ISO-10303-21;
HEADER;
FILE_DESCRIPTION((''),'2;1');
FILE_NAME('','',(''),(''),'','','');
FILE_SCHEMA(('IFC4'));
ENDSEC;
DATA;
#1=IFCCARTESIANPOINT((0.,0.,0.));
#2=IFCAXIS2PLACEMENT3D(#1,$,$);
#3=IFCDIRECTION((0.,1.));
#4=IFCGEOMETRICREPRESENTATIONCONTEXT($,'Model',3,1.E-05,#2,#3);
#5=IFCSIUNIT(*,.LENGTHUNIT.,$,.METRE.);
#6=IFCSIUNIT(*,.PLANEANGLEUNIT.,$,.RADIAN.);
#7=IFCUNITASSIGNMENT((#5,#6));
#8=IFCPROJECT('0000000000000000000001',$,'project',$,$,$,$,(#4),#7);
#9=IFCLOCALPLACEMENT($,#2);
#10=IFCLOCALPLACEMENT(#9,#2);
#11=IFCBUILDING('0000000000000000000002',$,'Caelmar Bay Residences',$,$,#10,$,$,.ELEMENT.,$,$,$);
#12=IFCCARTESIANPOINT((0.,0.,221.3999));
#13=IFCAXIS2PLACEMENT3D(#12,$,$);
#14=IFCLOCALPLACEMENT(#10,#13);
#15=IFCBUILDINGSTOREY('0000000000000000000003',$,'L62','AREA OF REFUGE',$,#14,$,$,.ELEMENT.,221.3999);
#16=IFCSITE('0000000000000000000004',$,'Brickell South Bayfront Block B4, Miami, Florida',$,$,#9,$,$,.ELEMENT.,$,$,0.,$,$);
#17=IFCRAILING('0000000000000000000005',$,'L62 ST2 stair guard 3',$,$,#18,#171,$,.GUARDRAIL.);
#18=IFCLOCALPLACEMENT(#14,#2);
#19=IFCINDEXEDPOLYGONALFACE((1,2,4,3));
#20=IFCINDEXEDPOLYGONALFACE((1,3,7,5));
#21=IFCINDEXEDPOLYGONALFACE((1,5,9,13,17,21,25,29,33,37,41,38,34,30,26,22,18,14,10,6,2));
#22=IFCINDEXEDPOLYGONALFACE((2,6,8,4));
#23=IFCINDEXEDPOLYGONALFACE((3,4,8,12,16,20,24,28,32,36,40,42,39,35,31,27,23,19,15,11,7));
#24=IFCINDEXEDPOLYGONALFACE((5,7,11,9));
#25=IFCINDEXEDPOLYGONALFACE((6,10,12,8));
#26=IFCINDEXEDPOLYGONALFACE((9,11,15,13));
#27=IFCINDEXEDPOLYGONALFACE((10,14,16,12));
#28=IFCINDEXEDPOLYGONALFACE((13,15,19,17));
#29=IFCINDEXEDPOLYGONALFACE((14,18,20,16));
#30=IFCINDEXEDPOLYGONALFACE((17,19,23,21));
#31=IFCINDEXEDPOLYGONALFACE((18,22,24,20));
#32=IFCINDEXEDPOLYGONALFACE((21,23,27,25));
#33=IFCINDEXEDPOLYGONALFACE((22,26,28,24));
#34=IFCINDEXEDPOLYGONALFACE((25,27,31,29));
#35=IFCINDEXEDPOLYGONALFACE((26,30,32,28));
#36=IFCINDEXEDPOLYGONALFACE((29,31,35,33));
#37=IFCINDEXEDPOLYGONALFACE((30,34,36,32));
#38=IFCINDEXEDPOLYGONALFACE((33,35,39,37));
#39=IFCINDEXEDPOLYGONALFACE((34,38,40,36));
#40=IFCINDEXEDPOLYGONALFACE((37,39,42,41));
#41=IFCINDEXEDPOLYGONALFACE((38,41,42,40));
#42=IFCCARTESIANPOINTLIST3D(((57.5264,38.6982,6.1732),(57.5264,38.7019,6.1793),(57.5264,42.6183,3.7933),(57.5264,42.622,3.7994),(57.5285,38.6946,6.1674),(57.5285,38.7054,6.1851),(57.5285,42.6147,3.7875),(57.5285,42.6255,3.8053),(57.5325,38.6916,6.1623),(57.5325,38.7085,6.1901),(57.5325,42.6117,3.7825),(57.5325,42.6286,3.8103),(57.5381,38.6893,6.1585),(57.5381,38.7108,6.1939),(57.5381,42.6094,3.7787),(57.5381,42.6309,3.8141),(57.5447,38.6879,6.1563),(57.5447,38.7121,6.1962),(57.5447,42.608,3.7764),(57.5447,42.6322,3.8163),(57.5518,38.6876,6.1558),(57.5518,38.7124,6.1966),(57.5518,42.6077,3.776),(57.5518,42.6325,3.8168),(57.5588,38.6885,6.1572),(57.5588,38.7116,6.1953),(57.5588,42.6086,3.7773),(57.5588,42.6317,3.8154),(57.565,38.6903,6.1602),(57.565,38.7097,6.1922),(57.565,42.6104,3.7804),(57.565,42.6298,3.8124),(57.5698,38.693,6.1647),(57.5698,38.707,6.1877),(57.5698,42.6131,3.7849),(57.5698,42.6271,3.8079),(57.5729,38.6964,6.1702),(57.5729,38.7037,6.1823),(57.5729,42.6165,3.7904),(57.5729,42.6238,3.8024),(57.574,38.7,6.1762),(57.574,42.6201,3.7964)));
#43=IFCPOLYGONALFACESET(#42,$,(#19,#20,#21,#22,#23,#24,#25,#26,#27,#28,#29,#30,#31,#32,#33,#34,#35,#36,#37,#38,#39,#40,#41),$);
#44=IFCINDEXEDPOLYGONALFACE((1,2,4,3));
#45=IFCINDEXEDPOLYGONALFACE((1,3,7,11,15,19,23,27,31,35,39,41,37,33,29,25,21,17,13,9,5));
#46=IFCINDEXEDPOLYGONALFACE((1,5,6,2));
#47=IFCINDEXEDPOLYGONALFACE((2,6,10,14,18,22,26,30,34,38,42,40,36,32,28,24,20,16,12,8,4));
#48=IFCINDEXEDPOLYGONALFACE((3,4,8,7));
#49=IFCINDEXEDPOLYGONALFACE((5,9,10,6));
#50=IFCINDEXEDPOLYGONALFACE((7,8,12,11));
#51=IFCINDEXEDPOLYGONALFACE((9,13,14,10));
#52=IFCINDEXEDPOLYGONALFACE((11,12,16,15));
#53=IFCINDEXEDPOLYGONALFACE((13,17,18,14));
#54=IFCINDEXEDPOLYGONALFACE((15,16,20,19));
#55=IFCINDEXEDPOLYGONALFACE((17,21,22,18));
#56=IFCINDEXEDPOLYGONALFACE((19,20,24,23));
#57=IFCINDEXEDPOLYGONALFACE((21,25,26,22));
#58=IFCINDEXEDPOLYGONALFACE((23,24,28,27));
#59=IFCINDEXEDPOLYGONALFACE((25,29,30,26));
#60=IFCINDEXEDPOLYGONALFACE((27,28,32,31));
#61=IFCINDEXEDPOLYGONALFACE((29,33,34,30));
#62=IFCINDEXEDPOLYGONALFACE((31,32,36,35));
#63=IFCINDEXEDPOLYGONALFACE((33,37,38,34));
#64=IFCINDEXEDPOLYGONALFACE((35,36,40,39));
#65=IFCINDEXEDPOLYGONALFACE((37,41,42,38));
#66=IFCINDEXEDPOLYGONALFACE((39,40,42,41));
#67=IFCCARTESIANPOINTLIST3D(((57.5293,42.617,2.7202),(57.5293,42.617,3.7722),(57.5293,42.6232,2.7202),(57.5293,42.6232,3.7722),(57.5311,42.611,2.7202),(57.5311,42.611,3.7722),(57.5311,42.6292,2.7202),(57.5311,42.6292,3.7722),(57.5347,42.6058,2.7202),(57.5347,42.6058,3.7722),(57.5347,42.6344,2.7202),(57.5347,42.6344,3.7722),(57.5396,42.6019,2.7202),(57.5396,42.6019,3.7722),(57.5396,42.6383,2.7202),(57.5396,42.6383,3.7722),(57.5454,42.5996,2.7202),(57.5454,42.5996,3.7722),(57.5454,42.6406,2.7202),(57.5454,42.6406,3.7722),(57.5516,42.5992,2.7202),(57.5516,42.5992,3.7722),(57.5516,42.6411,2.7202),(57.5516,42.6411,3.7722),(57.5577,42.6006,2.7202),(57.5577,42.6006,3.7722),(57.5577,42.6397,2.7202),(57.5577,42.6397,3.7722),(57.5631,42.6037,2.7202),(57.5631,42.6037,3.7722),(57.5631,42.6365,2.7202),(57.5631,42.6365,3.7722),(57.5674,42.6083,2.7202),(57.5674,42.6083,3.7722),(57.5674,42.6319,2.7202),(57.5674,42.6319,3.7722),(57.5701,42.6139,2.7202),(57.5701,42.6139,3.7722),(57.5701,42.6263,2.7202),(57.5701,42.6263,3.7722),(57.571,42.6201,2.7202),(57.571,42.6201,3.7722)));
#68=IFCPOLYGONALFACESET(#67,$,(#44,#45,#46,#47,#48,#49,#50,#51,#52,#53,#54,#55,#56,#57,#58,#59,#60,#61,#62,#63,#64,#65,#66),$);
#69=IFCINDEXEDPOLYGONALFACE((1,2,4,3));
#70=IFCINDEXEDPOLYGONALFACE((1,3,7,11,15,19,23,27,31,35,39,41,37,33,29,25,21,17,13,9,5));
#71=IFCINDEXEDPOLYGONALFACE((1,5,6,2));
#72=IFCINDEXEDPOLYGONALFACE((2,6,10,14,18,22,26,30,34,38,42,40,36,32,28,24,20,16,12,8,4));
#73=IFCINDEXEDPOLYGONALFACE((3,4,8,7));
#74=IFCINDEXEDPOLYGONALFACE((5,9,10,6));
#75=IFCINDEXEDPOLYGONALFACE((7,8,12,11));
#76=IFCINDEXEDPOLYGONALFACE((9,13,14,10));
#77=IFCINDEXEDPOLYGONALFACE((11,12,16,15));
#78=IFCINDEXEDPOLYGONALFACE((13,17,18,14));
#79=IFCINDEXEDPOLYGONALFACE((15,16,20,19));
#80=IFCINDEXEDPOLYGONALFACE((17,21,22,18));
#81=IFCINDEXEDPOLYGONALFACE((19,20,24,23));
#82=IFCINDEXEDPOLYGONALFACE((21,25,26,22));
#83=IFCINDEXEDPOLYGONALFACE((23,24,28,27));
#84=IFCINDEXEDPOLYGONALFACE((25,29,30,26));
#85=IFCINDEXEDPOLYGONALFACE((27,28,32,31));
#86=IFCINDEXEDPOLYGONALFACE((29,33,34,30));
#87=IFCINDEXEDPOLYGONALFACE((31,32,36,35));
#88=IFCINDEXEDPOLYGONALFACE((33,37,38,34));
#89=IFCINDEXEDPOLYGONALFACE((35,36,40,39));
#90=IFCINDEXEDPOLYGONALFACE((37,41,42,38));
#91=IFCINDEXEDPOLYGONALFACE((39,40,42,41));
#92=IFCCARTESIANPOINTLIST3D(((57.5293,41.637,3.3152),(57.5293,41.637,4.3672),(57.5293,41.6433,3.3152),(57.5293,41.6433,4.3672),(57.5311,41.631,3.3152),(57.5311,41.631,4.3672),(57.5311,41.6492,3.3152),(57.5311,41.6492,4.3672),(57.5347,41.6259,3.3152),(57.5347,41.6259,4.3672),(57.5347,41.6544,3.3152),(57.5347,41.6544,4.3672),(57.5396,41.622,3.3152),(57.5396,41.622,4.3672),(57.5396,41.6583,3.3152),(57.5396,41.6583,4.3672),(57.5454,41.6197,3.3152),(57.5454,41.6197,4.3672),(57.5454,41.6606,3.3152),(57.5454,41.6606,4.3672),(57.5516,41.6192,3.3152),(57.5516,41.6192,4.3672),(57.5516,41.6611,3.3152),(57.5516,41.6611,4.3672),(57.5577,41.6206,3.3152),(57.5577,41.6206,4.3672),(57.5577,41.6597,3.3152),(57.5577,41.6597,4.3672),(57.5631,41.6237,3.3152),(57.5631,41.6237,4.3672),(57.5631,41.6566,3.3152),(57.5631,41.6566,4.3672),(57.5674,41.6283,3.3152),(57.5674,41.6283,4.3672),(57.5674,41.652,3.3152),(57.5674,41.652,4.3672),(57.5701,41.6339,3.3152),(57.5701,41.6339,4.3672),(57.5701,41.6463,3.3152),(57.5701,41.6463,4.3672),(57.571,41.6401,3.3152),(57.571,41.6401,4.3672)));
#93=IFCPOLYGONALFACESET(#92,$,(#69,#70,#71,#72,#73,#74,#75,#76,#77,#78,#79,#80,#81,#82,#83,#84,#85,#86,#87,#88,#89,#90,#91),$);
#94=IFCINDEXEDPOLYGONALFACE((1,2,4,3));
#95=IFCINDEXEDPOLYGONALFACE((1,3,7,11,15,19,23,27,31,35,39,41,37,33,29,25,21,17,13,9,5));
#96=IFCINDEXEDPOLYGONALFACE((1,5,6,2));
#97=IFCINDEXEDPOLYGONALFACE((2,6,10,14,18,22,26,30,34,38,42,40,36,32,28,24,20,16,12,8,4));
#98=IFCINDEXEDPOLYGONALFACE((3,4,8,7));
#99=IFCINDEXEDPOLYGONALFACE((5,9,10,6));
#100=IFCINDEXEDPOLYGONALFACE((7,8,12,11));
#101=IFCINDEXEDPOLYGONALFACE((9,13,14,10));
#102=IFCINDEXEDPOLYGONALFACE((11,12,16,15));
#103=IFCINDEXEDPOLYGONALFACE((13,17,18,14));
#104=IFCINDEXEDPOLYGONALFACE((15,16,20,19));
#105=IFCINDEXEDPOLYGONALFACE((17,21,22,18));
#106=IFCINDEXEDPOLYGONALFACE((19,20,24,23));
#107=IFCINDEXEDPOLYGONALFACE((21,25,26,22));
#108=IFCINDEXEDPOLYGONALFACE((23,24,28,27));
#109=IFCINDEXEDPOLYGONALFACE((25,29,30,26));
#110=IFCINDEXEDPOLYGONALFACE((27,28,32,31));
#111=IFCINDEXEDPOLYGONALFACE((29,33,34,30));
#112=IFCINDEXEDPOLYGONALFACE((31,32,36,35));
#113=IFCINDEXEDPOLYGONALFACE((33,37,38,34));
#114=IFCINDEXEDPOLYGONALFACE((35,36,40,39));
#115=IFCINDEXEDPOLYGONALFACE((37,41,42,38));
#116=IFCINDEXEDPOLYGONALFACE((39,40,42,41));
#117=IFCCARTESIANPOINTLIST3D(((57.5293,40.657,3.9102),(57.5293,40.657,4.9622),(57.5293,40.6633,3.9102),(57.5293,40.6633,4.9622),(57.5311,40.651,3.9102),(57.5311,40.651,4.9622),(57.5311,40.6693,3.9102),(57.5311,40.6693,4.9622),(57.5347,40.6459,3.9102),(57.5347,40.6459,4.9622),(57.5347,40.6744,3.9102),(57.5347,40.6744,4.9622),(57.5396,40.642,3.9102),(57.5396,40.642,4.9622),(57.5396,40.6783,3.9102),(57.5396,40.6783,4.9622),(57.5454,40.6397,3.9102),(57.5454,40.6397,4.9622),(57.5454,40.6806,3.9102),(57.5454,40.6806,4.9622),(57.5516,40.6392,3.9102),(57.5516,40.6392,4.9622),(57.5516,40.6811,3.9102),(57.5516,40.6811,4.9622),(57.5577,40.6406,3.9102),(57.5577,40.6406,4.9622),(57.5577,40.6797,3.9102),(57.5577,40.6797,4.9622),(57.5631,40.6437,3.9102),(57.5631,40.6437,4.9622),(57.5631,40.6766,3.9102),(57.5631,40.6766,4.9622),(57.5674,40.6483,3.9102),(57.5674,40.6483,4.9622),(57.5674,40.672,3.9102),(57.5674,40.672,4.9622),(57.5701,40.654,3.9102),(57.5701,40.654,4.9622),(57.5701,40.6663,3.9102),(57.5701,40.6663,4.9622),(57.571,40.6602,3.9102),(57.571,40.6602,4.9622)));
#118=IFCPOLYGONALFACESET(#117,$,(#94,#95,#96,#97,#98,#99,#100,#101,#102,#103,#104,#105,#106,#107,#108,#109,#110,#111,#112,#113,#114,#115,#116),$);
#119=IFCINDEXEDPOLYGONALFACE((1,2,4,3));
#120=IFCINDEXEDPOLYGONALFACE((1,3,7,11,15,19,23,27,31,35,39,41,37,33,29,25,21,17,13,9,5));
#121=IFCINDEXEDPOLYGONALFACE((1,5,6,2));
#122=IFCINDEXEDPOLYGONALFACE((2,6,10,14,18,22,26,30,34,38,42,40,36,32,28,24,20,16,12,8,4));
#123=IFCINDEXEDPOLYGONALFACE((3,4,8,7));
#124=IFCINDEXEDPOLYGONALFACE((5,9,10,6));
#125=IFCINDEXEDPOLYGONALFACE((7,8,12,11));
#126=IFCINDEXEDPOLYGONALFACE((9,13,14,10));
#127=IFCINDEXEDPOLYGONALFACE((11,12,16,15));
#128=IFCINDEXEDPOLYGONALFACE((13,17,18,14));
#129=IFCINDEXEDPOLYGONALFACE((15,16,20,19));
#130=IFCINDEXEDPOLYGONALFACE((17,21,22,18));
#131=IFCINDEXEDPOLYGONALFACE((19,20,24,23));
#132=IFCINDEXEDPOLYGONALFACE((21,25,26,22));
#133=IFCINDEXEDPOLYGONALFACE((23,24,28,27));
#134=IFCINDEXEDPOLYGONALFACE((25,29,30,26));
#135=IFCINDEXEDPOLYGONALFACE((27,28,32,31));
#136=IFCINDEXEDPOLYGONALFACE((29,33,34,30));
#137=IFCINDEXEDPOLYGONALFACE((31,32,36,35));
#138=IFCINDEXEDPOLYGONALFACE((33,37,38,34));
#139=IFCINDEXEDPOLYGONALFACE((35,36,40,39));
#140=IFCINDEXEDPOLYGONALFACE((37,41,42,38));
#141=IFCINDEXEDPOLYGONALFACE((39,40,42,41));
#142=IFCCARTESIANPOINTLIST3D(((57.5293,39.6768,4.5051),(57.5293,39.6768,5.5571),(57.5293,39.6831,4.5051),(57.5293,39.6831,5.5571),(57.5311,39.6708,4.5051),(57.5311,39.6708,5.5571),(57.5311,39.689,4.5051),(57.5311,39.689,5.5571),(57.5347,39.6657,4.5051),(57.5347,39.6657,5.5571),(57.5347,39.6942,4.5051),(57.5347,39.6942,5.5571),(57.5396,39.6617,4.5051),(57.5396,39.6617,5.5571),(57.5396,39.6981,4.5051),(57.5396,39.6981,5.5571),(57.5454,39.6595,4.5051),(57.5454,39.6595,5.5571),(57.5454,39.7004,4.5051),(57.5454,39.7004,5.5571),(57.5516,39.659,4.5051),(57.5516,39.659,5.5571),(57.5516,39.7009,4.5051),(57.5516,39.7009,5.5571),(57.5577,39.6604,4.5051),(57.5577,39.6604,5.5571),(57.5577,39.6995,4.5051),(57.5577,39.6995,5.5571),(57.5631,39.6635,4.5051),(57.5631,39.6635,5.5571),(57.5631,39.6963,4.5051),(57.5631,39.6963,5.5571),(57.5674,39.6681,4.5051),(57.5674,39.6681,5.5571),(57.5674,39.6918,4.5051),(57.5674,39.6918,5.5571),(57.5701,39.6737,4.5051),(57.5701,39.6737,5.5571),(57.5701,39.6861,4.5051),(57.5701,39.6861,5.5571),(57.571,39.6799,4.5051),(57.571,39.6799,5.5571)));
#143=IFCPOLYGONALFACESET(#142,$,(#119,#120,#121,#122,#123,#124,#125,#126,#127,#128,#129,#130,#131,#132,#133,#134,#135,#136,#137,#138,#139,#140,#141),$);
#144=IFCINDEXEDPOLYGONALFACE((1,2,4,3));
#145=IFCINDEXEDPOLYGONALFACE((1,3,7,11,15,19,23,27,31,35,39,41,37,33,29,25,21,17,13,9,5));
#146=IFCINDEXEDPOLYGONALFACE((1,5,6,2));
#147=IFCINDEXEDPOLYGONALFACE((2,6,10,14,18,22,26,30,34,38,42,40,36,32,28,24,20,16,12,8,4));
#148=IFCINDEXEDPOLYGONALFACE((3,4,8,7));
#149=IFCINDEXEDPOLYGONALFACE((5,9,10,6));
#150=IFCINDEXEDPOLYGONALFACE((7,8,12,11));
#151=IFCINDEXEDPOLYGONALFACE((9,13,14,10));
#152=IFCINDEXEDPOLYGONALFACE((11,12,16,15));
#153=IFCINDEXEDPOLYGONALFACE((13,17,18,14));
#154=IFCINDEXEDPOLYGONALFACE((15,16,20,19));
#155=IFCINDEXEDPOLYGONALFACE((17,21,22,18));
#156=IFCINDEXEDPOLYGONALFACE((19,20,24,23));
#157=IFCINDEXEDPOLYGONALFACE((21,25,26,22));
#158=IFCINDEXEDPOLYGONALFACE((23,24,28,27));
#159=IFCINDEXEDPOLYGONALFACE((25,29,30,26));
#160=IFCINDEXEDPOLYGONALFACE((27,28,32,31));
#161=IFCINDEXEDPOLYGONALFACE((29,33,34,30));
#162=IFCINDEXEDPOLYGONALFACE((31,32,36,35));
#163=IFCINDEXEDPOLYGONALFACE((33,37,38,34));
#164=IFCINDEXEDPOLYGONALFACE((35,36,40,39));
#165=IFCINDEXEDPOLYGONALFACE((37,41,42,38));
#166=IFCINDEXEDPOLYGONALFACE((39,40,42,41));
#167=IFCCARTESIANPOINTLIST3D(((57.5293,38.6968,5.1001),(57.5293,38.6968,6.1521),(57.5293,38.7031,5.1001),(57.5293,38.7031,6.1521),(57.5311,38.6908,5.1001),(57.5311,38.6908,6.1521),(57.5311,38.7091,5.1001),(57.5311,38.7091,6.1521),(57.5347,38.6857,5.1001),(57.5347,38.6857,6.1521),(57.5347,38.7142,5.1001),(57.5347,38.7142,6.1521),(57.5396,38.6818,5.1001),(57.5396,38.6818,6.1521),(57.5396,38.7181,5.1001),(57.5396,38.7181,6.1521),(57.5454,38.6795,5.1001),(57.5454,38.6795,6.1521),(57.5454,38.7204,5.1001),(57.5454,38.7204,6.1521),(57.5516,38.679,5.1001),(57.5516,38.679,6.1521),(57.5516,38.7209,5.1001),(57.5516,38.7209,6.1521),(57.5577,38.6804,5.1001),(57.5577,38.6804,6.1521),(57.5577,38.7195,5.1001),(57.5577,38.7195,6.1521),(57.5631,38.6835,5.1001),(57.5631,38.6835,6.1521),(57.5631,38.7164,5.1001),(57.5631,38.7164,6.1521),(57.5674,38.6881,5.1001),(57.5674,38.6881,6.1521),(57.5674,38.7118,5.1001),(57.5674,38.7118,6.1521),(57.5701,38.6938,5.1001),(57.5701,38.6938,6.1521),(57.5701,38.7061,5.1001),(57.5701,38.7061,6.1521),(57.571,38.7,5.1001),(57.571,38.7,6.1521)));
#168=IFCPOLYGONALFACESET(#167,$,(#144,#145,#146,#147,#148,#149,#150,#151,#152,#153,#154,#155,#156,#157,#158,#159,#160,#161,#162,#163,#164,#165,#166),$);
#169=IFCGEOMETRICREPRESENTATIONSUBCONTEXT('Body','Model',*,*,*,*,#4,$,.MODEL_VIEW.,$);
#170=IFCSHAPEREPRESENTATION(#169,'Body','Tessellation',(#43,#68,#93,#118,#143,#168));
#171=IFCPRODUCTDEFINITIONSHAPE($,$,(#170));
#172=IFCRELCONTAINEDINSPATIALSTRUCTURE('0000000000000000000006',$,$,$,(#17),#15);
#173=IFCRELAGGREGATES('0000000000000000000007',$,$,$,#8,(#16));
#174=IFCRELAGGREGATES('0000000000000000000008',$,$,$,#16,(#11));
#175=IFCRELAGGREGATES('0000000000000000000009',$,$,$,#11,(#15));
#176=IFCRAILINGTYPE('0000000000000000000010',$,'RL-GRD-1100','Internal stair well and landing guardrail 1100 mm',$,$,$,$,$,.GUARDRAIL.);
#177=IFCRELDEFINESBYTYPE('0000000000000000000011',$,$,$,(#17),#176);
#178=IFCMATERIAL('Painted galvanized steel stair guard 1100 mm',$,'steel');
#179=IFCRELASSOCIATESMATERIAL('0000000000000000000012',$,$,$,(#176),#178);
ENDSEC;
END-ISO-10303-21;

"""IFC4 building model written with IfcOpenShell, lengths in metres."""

from ifc_helpers import new_model, si_unit, direction, frame, origin, origin_2d, place, context, subcontext, project, spatial, circle, extrude, material, type_object, element, save


model = new_model("IFC4")

# Units and contexts
model_context = context("Model", 3, precision=1e-05, world=origin(), true_north=direction((0.0, 1.0)))
body_context = subcontext(model_context, "Body", "Model", "MODEL_VIEW")
ifc_project = project(units=[si_unit("LENGTHUNIT", "METRE"), si_unit("PLANEANGLEUNIT", "RADIAN")], contexts=[model_context])

# Site, building, storey
site_placement = place(None, origin())
site = spatial("IfcSite", under=ifc_project, at=site_placement, Name="Brickell South Bayfront Block B4, Miami, Florida", CompositionType="ELEMENT", RefElevation=0.0)
building_placement = place(site_placement, origin())
building = spatial("IfcBuilding", under=site, at=building_placement, Name="Caelmar Bay Residences", CompositionType="ELEMENT")
storey_placement = place(building_placement, frame((0.0, 0.0, 221.3999)))
storey = spatial("IfcBuildingStorey", under=building, at=storey_placement, Name="L62", Description="AREA OF REFUGE", CompositionType="ELEMENT", Elevation=221.3999)

# Railing
ifc_material_1 = material(Name="Painted galvanized steel stair guard 1100 mm", Category="steel")
railing_type_1 = type_object("IfcRailingType", Name="RL-GRD-1100", Description="Internal stair well and landing guardrail 1100 mm", PredefinedType="GUARDRAIL", material=ifc_material_1)
railing_1_placement = place(storey_placement, frame((57.55, 42.6201, 2.7202)))
element("IfcRailing", 1, at=railing_1_placement, inside=storey, type_object=railing_type_1, Name="L62 ST2 stair guard 3", PredefinedType="GUARDRAIL", context=body_context, shape_type="SweptSolid", body=[
    extrude(circle(Radius=0.0239, at=origin_2d()), frame((0.0, 0.0, 1.0762), z_axis=(0.0, -0.854809, 0.518943), x_axis=(1.0, 0.0, 0.0)), (0.0, 0.0, 1.0), 4.5859),
    extrude(circle(Radius=0.021, at=origin_2d()), origin(), (0.0, 0.0, 1.0), 1.052),
    extrude(circle(Radius=0.021, at=origin_2d()), frame((0.0, -0.98, 0.595)), (0.0, 0.0, 1.0), 1.052),
    extrude(circle(Radius=0.021, at=origin_2d()), frame((0.0, -1.96, 1.1899)), (0.0, 0.0, 1.0), 1.052),
    extrude(circle(Radius=0.021, at=origin_2d()), frame((0.0, -2.9402, 1.7849)), (0.0, 0.0, 1.0), 1.052),
    extrude(circle(Radius=0.021, at=origin_2d()), frame((0.0, -3.9202, 2.3799)), (0.0, 0.0, 1.0), 1.052),
])

save(model, "model.ifc")
